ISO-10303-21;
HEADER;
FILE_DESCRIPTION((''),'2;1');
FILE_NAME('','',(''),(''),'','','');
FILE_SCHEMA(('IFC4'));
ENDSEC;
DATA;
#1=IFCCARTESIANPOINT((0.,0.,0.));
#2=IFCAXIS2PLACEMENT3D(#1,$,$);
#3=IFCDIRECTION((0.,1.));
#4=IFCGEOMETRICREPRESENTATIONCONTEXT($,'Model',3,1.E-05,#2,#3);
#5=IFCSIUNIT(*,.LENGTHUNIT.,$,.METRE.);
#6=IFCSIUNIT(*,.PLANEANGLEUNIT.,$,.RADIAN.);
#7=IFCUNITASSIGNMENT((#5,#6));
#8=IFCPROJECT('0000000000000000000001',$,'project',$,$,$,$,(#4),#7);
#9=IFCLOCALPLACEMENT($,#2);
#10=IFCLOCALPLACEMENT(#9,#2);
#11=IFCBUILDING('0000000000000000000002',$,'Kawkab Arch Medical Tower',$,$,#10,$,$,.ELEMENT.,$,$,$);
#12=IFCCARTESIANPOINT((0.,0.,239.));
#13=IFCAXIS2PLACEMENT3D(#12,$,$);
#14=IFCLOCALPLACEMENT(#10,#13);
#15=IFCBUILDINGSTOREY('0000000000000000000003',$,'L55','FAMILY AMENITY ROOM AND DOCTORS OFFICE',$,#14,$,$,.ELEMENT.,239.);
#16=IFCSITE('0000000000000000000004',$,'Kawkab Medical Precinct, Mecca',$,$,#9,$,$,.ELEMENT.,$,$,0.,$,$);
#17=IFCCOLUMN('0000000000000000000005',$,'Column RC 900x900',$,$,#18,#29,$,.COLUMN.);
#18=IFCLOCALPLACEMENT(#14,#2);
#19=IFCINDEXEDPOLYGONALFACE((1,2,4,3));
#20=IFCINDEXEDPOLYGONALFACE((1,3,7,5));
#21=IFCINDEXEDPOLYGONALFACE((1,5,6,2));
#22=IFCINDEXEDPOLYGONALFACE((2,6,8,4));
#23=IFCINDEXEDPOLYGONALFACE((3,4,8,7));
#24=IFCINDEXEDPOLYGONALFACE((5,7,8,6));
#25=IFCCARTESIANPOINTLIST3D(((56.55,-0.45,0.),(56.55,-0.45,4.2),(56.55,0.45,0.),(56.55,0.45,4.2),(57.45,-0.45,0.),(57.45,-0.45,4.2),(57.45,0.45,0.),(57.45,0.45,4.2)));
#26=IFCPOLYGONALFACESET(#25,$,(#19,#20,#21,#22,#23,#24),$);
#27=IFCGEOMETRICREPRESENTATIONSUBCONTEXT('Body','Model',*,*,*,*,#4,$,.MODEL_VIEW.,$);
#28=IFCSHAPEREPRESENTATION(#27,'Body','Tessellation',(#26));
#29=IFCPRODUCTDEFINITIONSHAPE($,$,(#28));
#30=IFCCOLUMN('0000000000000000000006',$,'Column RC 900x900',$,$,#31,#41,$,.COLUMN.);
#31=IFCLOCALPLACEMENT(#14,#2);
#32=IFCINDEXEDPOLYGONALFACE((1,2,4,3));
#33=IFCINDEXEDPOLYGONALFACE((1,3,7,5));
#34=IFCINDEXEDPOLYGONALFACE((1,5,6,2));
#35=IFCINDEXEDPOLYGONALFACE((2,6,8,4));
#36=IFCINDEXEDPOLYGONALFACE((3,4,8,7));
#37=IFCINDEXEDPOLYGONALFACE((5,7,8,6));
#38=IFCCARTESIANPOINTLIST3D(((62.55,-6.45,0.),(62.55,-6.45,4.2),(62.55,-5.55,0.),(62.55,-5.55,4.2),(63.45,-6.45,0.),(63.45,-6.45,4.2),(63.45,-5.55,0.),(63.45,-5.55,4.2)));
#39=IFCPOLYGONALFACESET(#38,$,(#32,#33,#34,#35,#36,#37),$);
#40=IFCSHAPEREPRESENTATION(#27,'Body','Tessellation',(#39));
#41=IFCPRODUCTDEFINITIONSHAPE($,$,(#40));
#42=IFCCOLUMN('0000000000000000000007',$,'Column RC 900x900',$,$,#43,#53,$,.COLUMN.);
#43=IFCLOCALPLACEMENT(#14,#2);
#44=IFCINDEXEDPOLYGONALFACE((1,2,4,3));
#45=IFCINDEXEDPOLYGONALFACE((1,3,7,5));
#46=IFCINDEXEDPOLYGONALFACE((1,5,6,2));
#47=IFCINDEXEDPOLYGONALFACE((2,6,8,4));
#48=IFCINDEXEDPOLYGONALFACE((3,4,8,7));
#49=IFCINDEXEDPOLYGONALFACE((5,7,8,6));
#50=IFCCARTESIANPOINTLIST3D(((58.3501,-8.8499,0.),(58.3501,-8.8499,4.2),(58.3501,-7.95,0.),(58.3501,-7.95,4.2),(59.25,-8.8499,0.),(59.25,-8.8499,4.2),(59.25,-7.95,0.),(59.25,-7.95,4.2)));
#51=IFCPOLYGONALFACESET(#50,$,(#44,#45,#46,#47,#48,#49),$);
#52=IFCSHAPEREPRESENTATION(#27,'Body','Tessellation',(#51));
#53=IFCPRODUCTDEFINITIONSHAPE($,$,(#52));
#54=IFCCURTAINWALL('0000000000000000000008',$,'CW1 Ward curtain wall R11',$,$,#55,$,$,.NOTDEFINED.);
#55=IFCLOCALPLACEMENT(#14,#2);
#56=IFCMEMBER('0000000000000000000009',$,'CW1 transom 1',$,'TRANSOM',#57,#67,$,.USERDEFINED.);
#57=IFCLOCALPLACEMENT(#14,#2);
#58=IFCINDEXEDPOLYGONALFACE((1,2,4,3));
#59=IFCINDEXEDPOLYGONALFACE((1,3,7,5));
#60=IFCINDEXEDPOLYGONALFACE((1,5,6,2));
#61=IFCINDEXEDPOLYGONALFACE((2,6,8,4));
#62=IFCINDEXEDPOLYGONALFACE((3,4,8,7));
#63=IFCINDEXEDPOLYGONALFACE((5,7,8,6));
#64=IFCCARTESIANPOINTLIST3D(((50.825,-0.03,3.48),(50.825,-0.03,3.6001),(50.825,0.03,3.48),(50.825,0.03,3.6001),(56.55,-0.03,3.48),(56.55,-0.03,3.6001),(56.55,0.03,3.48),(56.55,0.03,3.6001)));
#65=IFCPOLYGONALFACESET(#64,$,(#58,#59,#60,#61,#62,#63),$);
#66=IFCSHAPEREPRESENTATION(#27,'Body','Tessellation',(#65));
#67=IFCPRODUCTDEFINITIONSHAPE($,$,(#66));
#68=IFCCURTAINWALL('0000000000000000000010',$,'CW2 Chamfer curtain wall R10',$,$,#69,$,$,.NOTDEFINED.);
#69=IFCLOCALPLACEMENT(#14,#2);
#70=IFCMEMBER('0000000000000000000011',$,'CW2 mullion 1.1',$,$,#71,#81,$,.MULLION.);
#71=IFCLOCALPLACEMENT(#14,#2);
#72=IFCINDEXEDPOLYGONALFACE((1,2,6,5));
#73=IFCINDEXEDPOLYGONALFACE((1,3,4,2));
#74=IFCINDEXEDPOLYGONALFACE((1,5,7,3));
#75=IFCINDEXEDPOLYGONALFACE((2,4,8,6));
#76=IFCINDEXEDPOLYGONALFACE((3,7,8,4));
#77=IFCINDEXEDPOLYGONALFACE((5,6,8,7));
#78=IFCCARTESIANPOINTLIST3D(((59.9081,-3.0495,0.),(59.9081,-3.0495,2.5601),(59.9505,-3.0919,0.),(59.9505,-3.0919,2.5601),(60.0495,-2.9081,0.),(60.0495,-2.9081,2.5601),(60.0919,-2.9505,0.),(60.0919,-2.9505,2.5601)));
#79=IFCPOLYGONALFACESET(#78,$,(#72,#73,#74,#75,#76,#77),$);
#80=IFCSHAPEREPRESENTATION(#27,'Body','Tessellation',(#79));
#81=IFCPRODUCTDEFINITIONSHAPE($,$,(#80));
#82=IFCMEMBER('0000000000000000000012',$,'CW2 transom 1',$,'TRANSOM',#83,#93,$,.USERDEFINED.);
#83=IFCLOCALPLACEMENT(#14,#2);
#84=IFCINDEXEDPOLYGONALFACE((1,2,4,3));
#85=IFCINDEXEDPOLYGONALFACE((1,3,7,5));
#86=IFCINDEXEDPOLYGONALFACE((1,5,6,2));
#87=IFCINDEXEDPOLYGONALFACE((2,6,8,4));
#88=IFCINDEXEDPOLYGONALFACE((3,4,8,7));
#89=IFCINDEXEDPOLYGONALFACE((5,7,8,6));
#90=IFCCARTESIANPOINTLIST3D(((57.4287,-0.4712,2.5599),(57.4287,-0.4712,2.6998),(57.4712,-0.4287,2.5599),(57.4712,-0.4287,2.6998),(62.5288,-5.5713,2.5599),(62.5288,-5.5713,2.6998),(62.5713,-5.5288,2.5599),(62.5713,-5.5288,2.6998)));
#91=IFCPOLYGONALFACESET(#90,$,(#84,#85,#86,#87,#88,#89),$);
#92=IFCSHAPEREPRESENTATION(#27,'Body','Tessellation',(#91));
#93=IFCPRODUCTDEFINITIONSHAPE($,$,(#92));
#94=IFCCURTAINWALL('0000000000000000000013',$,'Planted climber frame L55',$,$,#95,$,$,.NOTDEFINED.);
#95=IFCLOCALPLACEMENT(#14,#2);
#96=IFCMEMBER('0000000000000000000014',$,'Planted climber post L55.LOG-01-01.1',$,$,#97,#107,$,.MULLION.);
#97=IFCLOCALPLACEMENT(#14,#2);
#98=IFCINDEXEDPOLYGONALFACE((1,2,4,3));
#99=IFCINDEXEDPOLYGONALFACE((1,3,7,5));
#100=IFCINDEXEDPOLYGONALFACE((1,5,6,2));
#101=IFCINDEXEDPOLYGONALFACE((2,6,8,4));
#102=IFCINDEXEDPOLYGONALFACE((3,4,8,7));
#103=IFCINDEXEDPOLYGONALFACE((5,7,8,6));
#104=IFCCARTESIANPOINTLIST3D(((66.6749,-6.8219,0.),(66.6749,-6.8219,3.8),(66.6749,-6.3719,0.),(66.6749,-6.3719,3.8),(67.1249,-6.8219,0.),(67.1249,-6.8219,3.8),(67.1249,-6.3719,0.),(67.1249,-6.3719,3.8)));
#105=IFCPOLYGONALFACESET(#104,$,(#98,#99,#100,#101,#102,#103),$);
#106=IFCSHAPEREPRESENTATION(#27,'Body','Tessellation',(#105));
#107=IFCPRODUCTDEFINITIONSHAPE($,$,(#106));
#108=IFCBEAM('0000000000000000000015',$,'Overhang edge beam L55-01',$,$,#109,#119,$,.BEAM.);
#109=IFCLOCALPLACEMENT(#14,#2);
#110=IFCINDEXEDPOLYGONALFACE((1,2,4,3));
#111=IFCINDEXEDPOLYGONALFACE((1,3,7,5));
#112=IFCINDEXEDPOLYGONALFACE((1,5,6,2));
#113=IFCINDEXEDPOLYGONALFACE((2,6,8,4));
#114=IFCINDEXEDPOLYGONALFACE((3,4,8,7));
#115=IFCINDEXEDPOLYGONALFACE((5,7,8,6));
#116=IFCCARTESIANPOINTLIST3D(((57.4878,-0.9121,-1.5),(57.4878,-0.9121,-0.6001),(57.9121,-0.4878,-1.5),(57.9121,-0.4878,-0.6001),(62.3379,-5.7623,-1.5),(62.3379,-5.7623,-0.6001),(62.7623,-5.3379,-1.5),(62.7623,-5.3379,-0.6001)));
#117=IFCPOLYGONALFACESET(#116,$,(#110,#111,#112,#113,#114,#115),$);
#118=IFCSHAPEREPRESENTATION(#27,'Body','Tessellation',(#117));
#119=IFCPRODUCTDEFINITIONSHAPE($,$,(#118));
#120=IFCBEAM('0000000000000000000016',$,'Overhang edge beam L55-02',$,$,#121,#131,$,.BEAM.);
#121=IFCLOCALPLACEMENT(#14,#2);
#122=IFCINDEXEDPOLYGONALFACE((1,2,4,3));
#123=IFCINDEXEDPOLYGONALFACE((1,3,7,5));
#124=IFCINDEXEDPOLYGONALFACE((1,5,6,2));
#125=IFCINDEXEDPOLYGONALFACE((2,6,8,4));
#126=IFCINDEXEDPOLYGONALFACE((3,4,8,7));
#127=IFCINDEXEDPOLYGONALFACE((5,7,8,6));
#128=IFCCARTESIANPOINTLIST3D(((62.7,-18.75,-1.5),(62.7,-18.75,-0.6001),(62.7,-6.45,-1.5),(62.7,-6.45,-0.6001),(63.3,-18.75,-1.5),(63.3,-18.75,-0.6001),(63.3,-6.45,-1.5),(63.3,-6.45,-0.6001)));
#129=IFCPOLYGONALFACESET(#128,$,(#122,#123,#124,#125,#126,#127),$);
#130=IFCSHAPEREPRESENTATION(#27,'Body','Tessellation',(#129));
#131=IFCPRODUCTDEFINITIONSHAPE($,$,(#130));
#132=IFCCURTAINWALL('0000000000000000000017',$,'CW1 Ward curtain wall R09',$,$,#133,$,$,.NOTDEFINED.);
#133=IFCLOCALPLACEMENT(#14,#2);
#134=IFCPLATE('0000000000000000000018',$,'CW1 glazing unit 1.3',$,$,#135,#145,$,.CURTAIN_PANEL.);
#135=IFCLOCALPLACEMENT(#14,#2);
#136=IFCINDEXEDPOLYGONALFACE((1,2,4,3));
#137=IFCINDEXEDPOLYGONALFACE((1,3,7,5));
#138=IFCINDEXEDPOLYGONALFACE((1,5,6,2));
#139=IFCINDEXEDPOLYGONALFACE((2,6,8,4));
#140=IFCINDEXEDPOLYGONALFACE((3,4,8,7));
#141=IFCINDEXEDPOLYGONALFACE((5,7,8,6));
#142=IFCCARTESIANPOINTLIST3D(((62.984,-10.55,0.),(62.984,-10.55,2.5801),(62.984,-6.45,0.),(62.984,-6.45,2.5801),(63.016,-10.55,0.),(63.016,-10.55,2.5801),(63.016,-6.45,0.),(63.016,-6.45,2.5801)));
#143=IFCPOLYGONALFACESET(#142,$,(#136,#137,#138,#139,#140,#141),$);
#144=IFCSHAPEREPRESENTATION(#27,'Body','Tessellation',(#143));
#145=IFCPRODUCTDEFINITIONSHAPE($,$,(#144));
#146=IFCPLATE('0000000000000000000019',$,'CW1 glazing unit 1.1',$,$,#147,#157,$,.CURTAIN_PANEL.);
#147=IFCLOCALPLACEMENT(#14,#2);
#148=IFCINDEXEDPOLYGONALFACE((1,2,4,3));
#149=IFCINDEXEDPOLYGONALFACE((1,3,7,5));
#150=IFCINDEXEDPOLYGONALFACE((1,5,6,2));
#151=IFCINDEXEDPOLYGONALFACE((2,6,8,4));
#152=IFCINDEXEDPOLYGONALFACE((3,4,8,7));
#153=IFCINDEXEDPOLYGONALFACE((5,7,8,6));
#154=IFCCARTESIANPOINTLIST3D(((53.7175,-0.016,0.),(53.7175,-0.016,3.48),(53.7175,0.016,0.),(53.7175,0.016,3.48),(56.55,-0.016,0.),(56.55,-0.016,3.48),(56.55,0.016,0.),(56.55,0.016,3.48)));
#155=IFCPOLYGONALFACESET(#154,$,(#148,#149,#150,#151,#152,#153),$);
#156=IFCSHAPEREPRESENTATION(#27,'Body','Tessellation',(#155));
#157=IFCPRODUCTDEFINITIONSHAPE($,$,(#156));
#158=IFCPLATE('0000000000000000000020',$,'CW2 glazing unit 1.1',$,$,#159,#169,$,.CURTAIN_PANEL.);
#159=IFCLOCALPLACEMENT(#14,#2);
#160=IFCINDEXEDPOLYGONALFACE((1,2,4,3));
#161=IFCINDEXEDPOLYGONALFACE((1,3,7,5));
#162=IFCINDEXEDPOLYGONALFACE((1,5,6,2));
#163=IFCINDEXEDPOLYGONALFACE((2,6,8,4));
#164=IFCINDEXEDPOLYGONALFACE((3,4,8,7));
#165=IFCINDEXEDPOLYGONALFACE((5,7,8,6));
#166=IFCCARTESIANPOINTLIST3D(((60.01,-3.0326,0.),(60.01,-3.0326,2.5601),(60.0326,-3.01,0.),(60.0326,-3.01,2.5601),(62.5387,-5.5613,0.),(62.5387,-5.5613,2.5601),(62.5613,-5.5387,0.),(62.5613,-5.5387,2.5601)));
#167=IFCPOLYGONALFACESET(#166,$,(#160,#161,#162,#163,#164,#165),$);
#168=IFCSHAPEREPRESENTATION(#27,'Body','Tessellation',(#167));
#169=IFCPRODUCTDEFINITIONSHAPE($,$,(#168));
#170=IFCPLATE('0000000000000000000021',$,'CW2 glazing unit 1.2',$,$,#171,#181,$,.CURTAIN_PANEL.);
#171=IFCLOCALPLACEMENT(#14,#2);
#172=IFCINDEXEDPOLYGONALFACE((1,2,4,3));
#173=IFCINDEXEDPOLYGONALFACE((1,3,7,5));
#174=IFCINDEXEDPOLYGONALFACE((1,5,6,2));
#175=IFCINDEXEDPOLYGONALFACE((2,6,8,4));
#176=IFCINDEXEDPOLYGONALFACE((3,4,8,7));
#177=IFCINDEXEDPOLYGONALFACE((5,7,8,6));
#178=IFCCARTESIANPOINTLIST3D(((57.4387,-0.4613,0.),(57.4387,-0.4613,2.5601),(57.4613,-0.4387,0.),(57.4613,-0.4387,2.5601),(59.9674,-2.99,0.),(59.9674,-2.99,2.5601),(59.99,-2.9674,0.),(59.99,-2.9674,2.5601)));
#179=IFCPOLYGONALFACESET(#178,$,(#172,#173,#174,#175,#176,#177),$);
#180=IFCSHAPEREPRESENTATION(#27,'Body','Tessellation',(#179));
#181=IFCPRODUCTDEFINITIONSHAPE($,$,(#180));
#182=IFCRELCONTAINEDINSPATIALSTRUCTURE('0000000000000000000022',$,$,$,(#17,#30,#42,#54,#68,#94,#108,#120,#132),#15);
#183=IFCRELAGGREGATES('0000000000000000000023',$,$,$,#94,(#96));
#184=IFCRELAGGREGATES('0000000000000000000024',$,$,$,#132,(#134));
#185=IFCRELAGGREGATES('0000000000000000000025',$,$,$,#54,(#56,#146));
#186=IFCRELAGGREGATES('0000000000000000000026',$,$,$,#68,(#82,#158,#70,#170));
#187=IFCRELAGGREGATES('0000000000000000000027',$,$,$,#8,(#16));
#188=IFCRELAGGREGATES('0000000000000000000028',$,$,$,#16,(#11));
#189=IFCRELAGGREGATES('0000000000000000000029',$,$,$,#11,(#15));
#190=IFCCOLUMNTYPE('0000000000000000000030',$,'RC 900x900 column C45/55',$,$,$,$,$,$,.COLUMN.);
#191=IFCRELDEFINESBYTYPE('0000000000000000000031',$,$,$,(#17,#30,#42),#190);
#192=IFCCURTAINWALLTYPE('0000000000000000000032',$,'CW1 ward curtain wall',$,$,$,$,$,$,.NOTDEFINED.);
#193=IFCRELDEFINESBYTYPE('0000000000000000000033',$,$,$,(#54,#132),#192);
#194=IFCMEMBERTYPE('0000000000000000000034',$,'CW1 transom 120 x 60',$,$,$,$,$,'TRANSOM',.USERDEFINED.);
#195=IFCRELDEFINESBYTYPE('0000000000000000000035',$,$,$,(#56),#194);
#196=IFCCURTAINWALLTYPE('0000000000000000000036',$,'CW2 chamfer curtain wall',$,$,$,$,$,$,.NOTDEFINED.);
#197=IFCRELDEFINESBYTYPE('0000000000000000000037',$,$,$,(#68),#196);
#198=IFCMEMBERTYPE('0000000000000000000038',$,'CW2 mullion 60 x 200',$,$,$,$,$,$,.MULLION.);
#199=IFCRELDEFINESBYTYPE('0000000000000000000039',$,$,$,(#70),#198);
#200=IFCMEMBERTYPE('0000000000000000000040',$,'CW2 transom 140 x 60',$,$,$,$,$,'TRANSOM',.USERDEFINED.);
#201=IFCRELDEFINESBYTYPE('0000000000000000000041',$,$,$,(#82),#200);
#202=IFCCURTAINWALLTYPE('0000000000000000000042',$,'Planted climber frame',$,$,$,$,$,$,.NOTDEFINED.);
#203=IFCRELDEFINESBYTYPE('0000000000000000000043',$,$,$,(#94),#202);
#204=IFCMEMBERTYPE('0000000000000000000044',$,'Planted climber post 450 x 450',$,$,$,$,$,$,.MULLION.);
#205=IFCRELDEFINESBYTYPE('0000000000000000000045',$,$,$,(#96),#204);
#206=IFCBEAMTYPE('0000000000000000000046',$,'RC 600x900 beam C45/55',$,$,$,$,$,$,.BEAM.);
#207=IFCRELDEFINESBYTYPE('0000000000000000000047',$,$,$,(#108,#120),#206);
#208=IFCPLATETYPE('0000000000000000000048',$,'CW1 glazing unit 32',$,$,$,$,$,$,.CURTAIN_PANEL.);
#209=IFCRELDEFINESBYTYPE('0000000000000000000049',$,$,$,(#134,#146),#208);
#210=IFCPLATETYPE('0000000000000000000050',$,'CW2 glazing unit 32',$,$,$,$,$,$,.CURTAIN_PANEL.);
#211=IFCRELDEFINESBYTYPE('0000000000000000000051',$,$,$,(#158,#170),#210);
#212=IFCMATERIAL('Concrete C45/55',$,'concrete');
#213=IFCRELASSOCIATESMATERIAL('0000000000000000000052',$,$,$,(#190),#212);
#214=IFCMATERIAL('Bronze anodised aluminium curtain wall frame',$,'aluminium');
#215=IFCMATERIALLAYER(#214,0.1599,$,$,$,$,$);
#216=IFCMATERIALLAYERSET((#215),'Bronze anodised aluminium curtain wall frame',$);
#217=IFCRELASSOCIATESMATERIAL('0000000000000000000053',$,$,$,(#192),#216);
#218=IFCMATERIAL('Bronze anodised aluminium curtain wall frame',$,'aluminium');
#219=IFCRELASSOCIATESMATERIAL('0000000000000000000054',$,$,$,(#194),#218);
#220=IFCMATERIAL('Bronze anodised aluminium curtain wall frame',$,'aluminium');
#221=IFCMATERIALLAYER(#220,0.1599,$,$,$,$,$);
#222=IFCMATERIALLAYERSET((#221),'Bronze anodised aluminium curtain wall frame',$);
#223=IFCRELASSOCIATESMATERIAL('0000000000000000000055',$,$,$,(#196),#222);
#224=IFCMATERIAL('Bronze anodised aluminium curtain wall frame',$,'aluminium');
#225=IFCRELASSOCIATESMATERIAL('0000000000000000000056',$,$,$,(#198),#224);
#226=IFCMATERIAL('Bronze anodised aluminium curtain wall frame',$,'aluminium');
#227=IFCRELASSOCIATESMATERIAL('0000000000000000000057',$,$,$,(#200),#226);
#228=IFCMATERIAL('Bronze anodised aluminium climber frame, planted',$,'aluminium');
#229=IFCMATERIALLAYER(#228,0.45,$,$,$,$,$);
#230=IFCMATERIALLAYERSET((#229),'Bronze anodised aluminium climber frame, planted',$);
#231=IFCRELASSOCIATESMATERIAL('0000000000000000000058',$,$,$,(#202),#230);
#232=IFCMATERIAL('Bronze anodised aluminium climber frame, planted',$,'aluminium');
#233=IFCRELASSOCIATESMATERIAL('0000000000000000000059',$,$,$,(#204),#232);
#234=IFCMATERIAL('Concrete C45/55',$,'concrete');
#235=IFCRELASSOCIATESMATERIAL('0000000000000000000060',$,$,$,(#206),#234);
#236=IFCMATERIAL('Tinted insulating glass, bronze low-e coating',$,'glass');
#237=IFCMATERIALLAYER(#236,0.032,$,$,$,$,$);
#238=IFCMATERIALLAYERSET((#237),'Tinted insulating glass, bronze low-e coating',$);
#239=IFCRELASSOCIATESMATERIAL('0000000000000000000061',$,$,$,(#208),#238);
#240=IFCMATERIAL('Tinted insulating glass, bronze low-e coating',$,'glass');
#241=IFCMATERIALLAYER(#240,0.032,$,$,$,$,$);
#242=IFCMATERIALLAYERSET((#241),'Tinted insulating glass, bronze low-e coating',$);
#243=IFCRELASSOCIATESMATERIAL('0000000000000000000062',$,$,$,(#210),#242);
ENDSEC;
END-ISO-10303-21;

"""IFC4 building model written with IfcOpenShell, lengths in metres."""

from ifc_helpers import new_model, si_unit, direction, frame, origin, origin_2d, place, context, subcontext, project, spatial, rectangle, extrude, material, layer, layer_set, material_profile, profile_set, type_object, element, aggregate, save


model = new_model("IFC4")

# Units and contexts
model_context = context("Model", 3, precision=1e-05, world=origin(), true_north=direction((0.0, 1.0)))
body_context = subcontext(model_context, "Body", "Model", "MODEL_VIEW")
ifc_project = project(units=[si_unit("LENGTHUNIT", "METRE"), si_unit("PLANEANGLEUNIT", "RADIAN")], contexts=[model_context])

# Site, building, storey
site_placement = place(None, origin())
site = spatial("IfcSite", under=ifc_project, at=site_placement, Name="Kawkab Medical Precinct, Mecca", CompositionType="ELEMENT", RefElevation=0.0)
building_placement = place(site_placement, origin())
building = spatial("IfcBuilding", under=site, at=building_placement, Name="Kawkab Arch Medical Tower", CompositionType="ELEMENT")
storey_placement = place(building_placement, frame((0.0, 0.0, 239.0)))
storey = spatial("IfcBuildingStorey", under=building, at=storey_placement, Name="L55", Description="FAMILY AMENITY ROOM AND DOCTORS OFFICE", CompositionType="ELEMENT", Elevation=239.0)

# Columns
ifc_material_1 = material(Name="Concrete C45/55", Category="concrete")
ifc_material_profile_1 = material_profile(ifc_material_1, rectangle(XDim=0.8999, YDim=0.8999, at=origin_2d()), Name="RC 900x900")
ifc_profile_set_1 = profile_set([ifc_material_profile_1], Name="Concrete C45/55")
column_type = type_object("IfcColumnType", Name="RC 900x900 column C45/55", PredefinedType="COLUMN", material=ifc_profile_set_1)
for number, where, z_axis, x_axis, name in (
    (1, (57.0, 0.0, 0.0), (0.0, 0.0, 1.0), (1.0, 0.0, 0.0), "Column RC 900x900"),
    (2, (63.0, -6.0, 0.0), (0.0, 0.0, 1.0), (1.0, 0.0, 0.0), "Column RC 900x900"),
    (3, (58.8, -8.3999, 0.0), (0.0, 0.0, 1.0), (1.0, 0.0, 0.0), "Column RC 900x900"),
):
    element("IfcColumn", number, at=place(storey_placement, frame(where, z_axis=z_axis, x_axis=x_axis)), inside=storey, type_object=column_type, Name=name, PredefinedType="COLUMN", context=body_context, shape_type="SweptSolid", body=[
        extrude(rectangle(XDim=0.8999, YDim=0.8999, at=origin_2d()), origin(), (0.0, 0.0, 1.0), 4.2),
    ])

# Curtain wall, member
ifc_material_2 = material(Name="Bronze anodised aluminium curtain wall frame", Category="aluminium")
ifc_layer_1 = layer(ifc_material_2, 0.1599)
ifc_layer_set_1 = layer_set([ifc_layer_1], Name="Bronze anodised aluminium curtain wall frame")
curtain_wall_type_1 = type_object("IfcCurtainWallType", Name="CW1 ward curtain wall", PredefinedType="NOTDEFINED", material=ifc_layer_set_1)
placement = place(storey_placement, origin())
curtain_wall_1 = element("IfcCurtainWall", 4, at=placement, inside=storey, type_object=curtain_wall_type_1, Name="CW1 Ward curtain wall R11", PredefinedType="NOTDEFINED")
ifc_material_3 = material(Name="Bronze anodised aluminium curtain wall frame", Category="aluminium")
ifc_material_profile_2 = material_profile(ifc_material_3, rectangle(XDim=0.0601, YDim=0.1201, at=origin_2d()), Name="AL 60x120")
ifc_profile_set_2 = profile_set([ifc_material_profile_2], Name="Bronze anodised aluminium curtain wall frame")
member_type_1 = type_object("IfcMemberType", Name="CW1 transom 120 x 60", ElementType="TRANSOM", PredefinedType="USERDEFINED", material=ifc_profile_set_2)
member_1_placement = place(storey_placement, frame((56.55, 0.0, 3.54), z_axis=(-1.0, 0.0, 0.0), x_axis=(0.0, -1.0, 0.0)))
member_1 = element("IfcMember", 5, at=member_1_placement, type_object=member_type_1, Name="CW1 transom 1", ObjectType="TRANSOM", PredefinedType="USERDEFINED", context=body_context, shape_type="SweptSolid", body=[
    extrude(rectangle(XDim=0.0601, YDim=0.1201, at=origin_2d()), origin(), (0.0, 0.0, 1.0), 5.7251),
])

# Curtain wall, members
ifc_material_4 = material(Name="Bronze anodised aluminium curtain wall frame", Category="aluminium")
ifc_layer_2 = layer(ifc_material_4, 0.1599)
ifc_layer_set_2 = layer_set([ifc_layer_2], Name="Bronze anodised aluminium curtain wall frame")
curtain_wall_type_2 = type_object("IfcCurtainWallType", Name="CW2 chamfer curtain wall", PredefinedType="NOTDEFINED", material=ifc_layer_set_2)
curtain_wall_2 = element("IfcCurtainWall", 6, at=placement, inside=storey, type_object=curtain_wall_type_2, Name="CW2 Chamfer curtain wall R10", PredefinedType="NOTDEFINED")
ifc_material_5 = material(Name="Bronze anodised aluminium curtain wall frame", Category="aluminium")
ifc_material_profile_3 = material_profile(ifc_material_5, rectangle(XDim=0.2, YDim=0.0601, at=origin_2d()), Name="AL 60x200")
ifc_profile_set_3 = profile_set([ifc_material_profile_3], Name="Bronze anodised aluminium curtain wall frame")
member_type_2 = type_object("IfcMemberType", Name="CW2 mullion 60 x 200", PredefinedType="MULLION", material=ifc_profile_set_3)
member_2_placement = place(storey_placement, frame((60.0, -3.0, 0.0), z_axis=(0.0, 0.0, 1.0), x_axis=(-0.707107, -0.707107, 0.0)))
member_2 = element("IfcMember", 7, at=member_2_placement, type_object=member_type_2, Name="CW2 mullion 1.1", PredefinedType="MULLION", context=body_context, shape_type="SweptSolid", body=[
    extrude(rectangle(XDim=0.2, YDim=0.0601, at=origin_2d()), origin(), (0.0, 0.0, 1.0), 2.5601),
])
ifc_material_6 = material(Name="Bronze anodised aluminium curtain wall frame", Category="aluminium")
ifc_material_profile_4 = material_profile(ifc_material_6, rectangle(XDim=0.0601, YDim=0.1399, at=origin_2d()), Name="AL 60x140")
ifc_profile_set_4 = profile_set([ifc_material_profile_4], Name="Bronze anodised aluminium curtain wall frame")
member_type_3 = type_object("IfcMemberType", Name="CW2 transom 140 x 60", ElementType="TRANSOM", PredefinedType="USERDEFINED", material=ifc_profile_set_4)
member_3_placement = place(storey_placement, frame((62.55, -5.55, 2.6299), z_axis=(-0.707107, 0.707107, 0.0), x_axis=(-0.707107, -0.707107, 0.0)))
member_3 = element("IfcMember", 8, at=member_3_placement, type_object=member_type_3, Name="CW2 transom 1", ObjectType="TRANSOM", PredefinedType="USERDEFINED", context=body_context, shape_type="SweptSolid", body=[
    extrude(rectangle(XDim=0.0601, YDim=0.1399, at=origin_2d()), origin(), (0.0, 0.0, 1.0), 7.2126),
])

# Curtain wall, member
ifc_material_7 = material(Name="Bronze anodised aluminium climber frame, planted", Category="aluminium")
ifc_layer_3 = layer(ifc_material_7, 0.45)
ifc_layer_set_3 = layer_set([ifc_layer_3], Name="Bronze anodised aluminium climber frame, planted")
curtain_wall_type_3 = type_object("IfcCurtainWallType", Name="Planted climber frame", PredefinedType="NOTDEFINED", material=ifc_layer_set_3)
curtain_wall_3 = element("IfcCurtainWall", 9, at=placement, inside=storey, type_object=curtain_wall_type_3, Name="Planted climber frame L55", PredefinedType="NOTDEFINED")
ifc_material_8 = material(Name="Bronze anodised aluminium climber frame, planted", Category="aluminium")
ifc_material_profile_5 = material_profile(ifc_material_8, rectangle(XDim=0.45, YDim=0.45, at=origin_2d()), Name="Post 450x450")
ifc_profile_set_5 = profile_set([ifc_material_profile_5], Name="Bronze anodised aluminium climber frame, planted")
member_type_4 = type_object("IfcMemberType", Name="Planted climber post 450 x 450", PredefinedType="MULLION", material=ifc_profile_set_5)
member_4_placement = place(storey_placement, frame((66.8999, -6.5969, 0.0), z_axis=(0.0, 0.0, 1.0), x_axis=(1.0, 0.0, 0.0)))
member_4 = element("IfcMember", 10, at=member_4_placement, type_object=member_type_4, Name="Planted climber post L55.LOG-01-01.1", PredefinedType="MULLION", context=body_context, shape_type="SweptSolid", body=[
    extrude(rectangle(XDim=0.45, YDim=0.45, at=origin_2d()), origin(), (0.0, 0.0, 1.0), 3.8),
])
aggregate(curtain_wall_3, [member_4])

# Beams
ifc_material_9 = material(Name="Concrete C45/55", Category="concrete")
ifc_material_profile_6 = material_profile(ifc_material_9, rectangle(XDim=0.6001, YDim=0.8999, at=origin_2d()), Name="RC 600x900")
ifc_profile_set_6 = profile_set([ifc_material_profile_6], Name="Concrete C45/55")
beam_type = type_object("IfcBeamType", Name="RC 600x900 beam C45/55", PredefinedType="BEAM", material=ifc_profile_set_6)
beam_1_placement = place(storey_placement, frame((57.7, -0.7, -1.05), z_axis=(0.707107, -0.707107, 0.0), x_axis=(0.707107, 0.707107, 0.0)))
element("IfcBeam", 11, at=beam_1_placement, inside=storey, type_object=beam_type, Name="Overhang edge beam L55-01", PredefinedType="BEAM", context=body_context, shape_type="SweptSolid", body=[
    extrude(rectangle(XDim=0.6001, YDim=0.8999, at=origin_2d()), origin(), (0.0, 0.0, 1.0), 6.8591),
])
beam_2_placement = place(storey_placement, frame((63.0, -6.45, -1.05), z_axis=(0.0, -1.0, 0.0), x_axis=(1.0, 0.0, 0.0)))
element("IfcBeam", 12, at=beam_2_placement, inside=storey, type_object=beam_type, Name="Overhang edge beam L55-02", PredefinedType="BEAM", context=body_context, shape_type="SweptSolid", body=[
    extrude(rectangle(XDim=0.6001, YDim=0.8999, at=origin_2d()), origin(), (0.0, 0.0, 1.0), 12.3),
])

# Curtain wall, plate
curtain_wall_4 = element("IfcCurtainWall", 13, at=placement, inside=storey, type_object=curtain_wall_type_1, Name="CW1 Ward curtain wall R09", PredefinedType="NOTDEFINED")
ifc_material_10 = material(Name="Tinted insulating glass, bronze low-e coating", Category="glass")
ifc_layer_4 = layer(ifc_material_10, 0.032)
ifc_layer_set_4 = layer_set([ifc_layer_4], Name="Tinted insulating glass, bronze low-e coating")
plate_type_1 = type_object("IfcPlateType", Name="CW1 glazing unit 32", PredefinedType="CURTAIN_PANEL", material=ifc_layer_set_4)
plate_1_placement = place(storey_placement, frame((63.0, -8.5, 0.0), z_axis=(0.0, 0.0, 1.0), x_axis=(0.0, 1.0, 0.0)))
plate_1 = element("IfcPlate", 14, at=plate_1_placement, type_object=plate_type_1, Name="CW1 glazing unit 1.3", PredefinedType="CURTAIN_PANEL", context=body_context, shape_type="SweptSolid", body=[
    extrude(rectangle(XDim=4.1001, YDim=0.032, at=origin_2d()), origin(), (0.0, 0.0, 1.0), 2.5801),
])
aggregate(curtain_wall_4, [plate_1])

# Plates
plate_2_placement = place(storey_placement, frame((55.1338, 0.0, 0.0), z_axis=(0.0, 0.0, 1.0), x_axis=(-1.0, 0.0, 0.0)))
plate_2 = element("IfcPlate", 15, at=plate_2_placement, type_object=plate_type_1, Name="CW1 glazing unit 1.1", PredefinedType="CURTAIN_PANEL", context=body_context, shape_type="SweptSolid", body=[
    extrude(rectangle(XDim=2.8325, YDim=0.032, at=origin_2d()), origin(), (0.0, 0.0, 1.0), 3.48),
])
aggregate(curtain_wall_1, [member_1, plate_2])
ifc_material_11 = material(Name="Tinted insulating glass, bronze low-e coating", Category="glass")
ifc_layer_5 = layer(ifc_material_11, 0.032)
ifc_layer_set_5 = layer_set([ifc_layer_5], Name="Tinted insulating glass, bronze low-e coating")
plate_type_2 = type_object("IfcPlateType", Name="CW2 glazing unit 32", PredefinedType="CURTAIN_PANEL", material=ifc_layer_set_5)
plate_3_placement = place(storey_placement, frame((61.2856, -4.2856, 0.0), z_axis=(0.0, 0.0, 1.0), x_axis=(-0.707107, 0.707107, 0.0)))
plate_3 = element("IfcPlate", 16, at=plate_3_placement, type_object=plate_type_2, Name="CW2 glazing unit 1.1", PredefinedType="CURTAIN_PANEL", context=body_context, shape_type="SweptSolid", body=[
    extrude(rectangle(XDim=3.5762, YDim=0.032, at=origin_2d()), origin(), (0.0, 0.0, 1.0), 2.5601),
])
plate_4_placement = place(storey_placement, frame((58.7144, -1.7144, 0.0), z_axis=(0.0, 0.0, 1.0), x_axis=(-0.707107, 0.707107, 0.0)))
plate_4 = element("IfcPlate", 17, at=plate_4_placement, type_object=plate_type_2, Name="CW2 glazing unit 1.2", PredefinedType="CURTAIN_PANEL", context=body_context, shape_type="SweptSolid", body=[
    extrude(rectangle(XDim=3.5762, YDim=0.032, at=origin_2d()), origin(), (0.0, 0.0, 1.0), 2.5601),
])
aggregate(curtain_wall_2, [member_3, plate_3, member_2, plate_4])

save(model, "model.ifc")
